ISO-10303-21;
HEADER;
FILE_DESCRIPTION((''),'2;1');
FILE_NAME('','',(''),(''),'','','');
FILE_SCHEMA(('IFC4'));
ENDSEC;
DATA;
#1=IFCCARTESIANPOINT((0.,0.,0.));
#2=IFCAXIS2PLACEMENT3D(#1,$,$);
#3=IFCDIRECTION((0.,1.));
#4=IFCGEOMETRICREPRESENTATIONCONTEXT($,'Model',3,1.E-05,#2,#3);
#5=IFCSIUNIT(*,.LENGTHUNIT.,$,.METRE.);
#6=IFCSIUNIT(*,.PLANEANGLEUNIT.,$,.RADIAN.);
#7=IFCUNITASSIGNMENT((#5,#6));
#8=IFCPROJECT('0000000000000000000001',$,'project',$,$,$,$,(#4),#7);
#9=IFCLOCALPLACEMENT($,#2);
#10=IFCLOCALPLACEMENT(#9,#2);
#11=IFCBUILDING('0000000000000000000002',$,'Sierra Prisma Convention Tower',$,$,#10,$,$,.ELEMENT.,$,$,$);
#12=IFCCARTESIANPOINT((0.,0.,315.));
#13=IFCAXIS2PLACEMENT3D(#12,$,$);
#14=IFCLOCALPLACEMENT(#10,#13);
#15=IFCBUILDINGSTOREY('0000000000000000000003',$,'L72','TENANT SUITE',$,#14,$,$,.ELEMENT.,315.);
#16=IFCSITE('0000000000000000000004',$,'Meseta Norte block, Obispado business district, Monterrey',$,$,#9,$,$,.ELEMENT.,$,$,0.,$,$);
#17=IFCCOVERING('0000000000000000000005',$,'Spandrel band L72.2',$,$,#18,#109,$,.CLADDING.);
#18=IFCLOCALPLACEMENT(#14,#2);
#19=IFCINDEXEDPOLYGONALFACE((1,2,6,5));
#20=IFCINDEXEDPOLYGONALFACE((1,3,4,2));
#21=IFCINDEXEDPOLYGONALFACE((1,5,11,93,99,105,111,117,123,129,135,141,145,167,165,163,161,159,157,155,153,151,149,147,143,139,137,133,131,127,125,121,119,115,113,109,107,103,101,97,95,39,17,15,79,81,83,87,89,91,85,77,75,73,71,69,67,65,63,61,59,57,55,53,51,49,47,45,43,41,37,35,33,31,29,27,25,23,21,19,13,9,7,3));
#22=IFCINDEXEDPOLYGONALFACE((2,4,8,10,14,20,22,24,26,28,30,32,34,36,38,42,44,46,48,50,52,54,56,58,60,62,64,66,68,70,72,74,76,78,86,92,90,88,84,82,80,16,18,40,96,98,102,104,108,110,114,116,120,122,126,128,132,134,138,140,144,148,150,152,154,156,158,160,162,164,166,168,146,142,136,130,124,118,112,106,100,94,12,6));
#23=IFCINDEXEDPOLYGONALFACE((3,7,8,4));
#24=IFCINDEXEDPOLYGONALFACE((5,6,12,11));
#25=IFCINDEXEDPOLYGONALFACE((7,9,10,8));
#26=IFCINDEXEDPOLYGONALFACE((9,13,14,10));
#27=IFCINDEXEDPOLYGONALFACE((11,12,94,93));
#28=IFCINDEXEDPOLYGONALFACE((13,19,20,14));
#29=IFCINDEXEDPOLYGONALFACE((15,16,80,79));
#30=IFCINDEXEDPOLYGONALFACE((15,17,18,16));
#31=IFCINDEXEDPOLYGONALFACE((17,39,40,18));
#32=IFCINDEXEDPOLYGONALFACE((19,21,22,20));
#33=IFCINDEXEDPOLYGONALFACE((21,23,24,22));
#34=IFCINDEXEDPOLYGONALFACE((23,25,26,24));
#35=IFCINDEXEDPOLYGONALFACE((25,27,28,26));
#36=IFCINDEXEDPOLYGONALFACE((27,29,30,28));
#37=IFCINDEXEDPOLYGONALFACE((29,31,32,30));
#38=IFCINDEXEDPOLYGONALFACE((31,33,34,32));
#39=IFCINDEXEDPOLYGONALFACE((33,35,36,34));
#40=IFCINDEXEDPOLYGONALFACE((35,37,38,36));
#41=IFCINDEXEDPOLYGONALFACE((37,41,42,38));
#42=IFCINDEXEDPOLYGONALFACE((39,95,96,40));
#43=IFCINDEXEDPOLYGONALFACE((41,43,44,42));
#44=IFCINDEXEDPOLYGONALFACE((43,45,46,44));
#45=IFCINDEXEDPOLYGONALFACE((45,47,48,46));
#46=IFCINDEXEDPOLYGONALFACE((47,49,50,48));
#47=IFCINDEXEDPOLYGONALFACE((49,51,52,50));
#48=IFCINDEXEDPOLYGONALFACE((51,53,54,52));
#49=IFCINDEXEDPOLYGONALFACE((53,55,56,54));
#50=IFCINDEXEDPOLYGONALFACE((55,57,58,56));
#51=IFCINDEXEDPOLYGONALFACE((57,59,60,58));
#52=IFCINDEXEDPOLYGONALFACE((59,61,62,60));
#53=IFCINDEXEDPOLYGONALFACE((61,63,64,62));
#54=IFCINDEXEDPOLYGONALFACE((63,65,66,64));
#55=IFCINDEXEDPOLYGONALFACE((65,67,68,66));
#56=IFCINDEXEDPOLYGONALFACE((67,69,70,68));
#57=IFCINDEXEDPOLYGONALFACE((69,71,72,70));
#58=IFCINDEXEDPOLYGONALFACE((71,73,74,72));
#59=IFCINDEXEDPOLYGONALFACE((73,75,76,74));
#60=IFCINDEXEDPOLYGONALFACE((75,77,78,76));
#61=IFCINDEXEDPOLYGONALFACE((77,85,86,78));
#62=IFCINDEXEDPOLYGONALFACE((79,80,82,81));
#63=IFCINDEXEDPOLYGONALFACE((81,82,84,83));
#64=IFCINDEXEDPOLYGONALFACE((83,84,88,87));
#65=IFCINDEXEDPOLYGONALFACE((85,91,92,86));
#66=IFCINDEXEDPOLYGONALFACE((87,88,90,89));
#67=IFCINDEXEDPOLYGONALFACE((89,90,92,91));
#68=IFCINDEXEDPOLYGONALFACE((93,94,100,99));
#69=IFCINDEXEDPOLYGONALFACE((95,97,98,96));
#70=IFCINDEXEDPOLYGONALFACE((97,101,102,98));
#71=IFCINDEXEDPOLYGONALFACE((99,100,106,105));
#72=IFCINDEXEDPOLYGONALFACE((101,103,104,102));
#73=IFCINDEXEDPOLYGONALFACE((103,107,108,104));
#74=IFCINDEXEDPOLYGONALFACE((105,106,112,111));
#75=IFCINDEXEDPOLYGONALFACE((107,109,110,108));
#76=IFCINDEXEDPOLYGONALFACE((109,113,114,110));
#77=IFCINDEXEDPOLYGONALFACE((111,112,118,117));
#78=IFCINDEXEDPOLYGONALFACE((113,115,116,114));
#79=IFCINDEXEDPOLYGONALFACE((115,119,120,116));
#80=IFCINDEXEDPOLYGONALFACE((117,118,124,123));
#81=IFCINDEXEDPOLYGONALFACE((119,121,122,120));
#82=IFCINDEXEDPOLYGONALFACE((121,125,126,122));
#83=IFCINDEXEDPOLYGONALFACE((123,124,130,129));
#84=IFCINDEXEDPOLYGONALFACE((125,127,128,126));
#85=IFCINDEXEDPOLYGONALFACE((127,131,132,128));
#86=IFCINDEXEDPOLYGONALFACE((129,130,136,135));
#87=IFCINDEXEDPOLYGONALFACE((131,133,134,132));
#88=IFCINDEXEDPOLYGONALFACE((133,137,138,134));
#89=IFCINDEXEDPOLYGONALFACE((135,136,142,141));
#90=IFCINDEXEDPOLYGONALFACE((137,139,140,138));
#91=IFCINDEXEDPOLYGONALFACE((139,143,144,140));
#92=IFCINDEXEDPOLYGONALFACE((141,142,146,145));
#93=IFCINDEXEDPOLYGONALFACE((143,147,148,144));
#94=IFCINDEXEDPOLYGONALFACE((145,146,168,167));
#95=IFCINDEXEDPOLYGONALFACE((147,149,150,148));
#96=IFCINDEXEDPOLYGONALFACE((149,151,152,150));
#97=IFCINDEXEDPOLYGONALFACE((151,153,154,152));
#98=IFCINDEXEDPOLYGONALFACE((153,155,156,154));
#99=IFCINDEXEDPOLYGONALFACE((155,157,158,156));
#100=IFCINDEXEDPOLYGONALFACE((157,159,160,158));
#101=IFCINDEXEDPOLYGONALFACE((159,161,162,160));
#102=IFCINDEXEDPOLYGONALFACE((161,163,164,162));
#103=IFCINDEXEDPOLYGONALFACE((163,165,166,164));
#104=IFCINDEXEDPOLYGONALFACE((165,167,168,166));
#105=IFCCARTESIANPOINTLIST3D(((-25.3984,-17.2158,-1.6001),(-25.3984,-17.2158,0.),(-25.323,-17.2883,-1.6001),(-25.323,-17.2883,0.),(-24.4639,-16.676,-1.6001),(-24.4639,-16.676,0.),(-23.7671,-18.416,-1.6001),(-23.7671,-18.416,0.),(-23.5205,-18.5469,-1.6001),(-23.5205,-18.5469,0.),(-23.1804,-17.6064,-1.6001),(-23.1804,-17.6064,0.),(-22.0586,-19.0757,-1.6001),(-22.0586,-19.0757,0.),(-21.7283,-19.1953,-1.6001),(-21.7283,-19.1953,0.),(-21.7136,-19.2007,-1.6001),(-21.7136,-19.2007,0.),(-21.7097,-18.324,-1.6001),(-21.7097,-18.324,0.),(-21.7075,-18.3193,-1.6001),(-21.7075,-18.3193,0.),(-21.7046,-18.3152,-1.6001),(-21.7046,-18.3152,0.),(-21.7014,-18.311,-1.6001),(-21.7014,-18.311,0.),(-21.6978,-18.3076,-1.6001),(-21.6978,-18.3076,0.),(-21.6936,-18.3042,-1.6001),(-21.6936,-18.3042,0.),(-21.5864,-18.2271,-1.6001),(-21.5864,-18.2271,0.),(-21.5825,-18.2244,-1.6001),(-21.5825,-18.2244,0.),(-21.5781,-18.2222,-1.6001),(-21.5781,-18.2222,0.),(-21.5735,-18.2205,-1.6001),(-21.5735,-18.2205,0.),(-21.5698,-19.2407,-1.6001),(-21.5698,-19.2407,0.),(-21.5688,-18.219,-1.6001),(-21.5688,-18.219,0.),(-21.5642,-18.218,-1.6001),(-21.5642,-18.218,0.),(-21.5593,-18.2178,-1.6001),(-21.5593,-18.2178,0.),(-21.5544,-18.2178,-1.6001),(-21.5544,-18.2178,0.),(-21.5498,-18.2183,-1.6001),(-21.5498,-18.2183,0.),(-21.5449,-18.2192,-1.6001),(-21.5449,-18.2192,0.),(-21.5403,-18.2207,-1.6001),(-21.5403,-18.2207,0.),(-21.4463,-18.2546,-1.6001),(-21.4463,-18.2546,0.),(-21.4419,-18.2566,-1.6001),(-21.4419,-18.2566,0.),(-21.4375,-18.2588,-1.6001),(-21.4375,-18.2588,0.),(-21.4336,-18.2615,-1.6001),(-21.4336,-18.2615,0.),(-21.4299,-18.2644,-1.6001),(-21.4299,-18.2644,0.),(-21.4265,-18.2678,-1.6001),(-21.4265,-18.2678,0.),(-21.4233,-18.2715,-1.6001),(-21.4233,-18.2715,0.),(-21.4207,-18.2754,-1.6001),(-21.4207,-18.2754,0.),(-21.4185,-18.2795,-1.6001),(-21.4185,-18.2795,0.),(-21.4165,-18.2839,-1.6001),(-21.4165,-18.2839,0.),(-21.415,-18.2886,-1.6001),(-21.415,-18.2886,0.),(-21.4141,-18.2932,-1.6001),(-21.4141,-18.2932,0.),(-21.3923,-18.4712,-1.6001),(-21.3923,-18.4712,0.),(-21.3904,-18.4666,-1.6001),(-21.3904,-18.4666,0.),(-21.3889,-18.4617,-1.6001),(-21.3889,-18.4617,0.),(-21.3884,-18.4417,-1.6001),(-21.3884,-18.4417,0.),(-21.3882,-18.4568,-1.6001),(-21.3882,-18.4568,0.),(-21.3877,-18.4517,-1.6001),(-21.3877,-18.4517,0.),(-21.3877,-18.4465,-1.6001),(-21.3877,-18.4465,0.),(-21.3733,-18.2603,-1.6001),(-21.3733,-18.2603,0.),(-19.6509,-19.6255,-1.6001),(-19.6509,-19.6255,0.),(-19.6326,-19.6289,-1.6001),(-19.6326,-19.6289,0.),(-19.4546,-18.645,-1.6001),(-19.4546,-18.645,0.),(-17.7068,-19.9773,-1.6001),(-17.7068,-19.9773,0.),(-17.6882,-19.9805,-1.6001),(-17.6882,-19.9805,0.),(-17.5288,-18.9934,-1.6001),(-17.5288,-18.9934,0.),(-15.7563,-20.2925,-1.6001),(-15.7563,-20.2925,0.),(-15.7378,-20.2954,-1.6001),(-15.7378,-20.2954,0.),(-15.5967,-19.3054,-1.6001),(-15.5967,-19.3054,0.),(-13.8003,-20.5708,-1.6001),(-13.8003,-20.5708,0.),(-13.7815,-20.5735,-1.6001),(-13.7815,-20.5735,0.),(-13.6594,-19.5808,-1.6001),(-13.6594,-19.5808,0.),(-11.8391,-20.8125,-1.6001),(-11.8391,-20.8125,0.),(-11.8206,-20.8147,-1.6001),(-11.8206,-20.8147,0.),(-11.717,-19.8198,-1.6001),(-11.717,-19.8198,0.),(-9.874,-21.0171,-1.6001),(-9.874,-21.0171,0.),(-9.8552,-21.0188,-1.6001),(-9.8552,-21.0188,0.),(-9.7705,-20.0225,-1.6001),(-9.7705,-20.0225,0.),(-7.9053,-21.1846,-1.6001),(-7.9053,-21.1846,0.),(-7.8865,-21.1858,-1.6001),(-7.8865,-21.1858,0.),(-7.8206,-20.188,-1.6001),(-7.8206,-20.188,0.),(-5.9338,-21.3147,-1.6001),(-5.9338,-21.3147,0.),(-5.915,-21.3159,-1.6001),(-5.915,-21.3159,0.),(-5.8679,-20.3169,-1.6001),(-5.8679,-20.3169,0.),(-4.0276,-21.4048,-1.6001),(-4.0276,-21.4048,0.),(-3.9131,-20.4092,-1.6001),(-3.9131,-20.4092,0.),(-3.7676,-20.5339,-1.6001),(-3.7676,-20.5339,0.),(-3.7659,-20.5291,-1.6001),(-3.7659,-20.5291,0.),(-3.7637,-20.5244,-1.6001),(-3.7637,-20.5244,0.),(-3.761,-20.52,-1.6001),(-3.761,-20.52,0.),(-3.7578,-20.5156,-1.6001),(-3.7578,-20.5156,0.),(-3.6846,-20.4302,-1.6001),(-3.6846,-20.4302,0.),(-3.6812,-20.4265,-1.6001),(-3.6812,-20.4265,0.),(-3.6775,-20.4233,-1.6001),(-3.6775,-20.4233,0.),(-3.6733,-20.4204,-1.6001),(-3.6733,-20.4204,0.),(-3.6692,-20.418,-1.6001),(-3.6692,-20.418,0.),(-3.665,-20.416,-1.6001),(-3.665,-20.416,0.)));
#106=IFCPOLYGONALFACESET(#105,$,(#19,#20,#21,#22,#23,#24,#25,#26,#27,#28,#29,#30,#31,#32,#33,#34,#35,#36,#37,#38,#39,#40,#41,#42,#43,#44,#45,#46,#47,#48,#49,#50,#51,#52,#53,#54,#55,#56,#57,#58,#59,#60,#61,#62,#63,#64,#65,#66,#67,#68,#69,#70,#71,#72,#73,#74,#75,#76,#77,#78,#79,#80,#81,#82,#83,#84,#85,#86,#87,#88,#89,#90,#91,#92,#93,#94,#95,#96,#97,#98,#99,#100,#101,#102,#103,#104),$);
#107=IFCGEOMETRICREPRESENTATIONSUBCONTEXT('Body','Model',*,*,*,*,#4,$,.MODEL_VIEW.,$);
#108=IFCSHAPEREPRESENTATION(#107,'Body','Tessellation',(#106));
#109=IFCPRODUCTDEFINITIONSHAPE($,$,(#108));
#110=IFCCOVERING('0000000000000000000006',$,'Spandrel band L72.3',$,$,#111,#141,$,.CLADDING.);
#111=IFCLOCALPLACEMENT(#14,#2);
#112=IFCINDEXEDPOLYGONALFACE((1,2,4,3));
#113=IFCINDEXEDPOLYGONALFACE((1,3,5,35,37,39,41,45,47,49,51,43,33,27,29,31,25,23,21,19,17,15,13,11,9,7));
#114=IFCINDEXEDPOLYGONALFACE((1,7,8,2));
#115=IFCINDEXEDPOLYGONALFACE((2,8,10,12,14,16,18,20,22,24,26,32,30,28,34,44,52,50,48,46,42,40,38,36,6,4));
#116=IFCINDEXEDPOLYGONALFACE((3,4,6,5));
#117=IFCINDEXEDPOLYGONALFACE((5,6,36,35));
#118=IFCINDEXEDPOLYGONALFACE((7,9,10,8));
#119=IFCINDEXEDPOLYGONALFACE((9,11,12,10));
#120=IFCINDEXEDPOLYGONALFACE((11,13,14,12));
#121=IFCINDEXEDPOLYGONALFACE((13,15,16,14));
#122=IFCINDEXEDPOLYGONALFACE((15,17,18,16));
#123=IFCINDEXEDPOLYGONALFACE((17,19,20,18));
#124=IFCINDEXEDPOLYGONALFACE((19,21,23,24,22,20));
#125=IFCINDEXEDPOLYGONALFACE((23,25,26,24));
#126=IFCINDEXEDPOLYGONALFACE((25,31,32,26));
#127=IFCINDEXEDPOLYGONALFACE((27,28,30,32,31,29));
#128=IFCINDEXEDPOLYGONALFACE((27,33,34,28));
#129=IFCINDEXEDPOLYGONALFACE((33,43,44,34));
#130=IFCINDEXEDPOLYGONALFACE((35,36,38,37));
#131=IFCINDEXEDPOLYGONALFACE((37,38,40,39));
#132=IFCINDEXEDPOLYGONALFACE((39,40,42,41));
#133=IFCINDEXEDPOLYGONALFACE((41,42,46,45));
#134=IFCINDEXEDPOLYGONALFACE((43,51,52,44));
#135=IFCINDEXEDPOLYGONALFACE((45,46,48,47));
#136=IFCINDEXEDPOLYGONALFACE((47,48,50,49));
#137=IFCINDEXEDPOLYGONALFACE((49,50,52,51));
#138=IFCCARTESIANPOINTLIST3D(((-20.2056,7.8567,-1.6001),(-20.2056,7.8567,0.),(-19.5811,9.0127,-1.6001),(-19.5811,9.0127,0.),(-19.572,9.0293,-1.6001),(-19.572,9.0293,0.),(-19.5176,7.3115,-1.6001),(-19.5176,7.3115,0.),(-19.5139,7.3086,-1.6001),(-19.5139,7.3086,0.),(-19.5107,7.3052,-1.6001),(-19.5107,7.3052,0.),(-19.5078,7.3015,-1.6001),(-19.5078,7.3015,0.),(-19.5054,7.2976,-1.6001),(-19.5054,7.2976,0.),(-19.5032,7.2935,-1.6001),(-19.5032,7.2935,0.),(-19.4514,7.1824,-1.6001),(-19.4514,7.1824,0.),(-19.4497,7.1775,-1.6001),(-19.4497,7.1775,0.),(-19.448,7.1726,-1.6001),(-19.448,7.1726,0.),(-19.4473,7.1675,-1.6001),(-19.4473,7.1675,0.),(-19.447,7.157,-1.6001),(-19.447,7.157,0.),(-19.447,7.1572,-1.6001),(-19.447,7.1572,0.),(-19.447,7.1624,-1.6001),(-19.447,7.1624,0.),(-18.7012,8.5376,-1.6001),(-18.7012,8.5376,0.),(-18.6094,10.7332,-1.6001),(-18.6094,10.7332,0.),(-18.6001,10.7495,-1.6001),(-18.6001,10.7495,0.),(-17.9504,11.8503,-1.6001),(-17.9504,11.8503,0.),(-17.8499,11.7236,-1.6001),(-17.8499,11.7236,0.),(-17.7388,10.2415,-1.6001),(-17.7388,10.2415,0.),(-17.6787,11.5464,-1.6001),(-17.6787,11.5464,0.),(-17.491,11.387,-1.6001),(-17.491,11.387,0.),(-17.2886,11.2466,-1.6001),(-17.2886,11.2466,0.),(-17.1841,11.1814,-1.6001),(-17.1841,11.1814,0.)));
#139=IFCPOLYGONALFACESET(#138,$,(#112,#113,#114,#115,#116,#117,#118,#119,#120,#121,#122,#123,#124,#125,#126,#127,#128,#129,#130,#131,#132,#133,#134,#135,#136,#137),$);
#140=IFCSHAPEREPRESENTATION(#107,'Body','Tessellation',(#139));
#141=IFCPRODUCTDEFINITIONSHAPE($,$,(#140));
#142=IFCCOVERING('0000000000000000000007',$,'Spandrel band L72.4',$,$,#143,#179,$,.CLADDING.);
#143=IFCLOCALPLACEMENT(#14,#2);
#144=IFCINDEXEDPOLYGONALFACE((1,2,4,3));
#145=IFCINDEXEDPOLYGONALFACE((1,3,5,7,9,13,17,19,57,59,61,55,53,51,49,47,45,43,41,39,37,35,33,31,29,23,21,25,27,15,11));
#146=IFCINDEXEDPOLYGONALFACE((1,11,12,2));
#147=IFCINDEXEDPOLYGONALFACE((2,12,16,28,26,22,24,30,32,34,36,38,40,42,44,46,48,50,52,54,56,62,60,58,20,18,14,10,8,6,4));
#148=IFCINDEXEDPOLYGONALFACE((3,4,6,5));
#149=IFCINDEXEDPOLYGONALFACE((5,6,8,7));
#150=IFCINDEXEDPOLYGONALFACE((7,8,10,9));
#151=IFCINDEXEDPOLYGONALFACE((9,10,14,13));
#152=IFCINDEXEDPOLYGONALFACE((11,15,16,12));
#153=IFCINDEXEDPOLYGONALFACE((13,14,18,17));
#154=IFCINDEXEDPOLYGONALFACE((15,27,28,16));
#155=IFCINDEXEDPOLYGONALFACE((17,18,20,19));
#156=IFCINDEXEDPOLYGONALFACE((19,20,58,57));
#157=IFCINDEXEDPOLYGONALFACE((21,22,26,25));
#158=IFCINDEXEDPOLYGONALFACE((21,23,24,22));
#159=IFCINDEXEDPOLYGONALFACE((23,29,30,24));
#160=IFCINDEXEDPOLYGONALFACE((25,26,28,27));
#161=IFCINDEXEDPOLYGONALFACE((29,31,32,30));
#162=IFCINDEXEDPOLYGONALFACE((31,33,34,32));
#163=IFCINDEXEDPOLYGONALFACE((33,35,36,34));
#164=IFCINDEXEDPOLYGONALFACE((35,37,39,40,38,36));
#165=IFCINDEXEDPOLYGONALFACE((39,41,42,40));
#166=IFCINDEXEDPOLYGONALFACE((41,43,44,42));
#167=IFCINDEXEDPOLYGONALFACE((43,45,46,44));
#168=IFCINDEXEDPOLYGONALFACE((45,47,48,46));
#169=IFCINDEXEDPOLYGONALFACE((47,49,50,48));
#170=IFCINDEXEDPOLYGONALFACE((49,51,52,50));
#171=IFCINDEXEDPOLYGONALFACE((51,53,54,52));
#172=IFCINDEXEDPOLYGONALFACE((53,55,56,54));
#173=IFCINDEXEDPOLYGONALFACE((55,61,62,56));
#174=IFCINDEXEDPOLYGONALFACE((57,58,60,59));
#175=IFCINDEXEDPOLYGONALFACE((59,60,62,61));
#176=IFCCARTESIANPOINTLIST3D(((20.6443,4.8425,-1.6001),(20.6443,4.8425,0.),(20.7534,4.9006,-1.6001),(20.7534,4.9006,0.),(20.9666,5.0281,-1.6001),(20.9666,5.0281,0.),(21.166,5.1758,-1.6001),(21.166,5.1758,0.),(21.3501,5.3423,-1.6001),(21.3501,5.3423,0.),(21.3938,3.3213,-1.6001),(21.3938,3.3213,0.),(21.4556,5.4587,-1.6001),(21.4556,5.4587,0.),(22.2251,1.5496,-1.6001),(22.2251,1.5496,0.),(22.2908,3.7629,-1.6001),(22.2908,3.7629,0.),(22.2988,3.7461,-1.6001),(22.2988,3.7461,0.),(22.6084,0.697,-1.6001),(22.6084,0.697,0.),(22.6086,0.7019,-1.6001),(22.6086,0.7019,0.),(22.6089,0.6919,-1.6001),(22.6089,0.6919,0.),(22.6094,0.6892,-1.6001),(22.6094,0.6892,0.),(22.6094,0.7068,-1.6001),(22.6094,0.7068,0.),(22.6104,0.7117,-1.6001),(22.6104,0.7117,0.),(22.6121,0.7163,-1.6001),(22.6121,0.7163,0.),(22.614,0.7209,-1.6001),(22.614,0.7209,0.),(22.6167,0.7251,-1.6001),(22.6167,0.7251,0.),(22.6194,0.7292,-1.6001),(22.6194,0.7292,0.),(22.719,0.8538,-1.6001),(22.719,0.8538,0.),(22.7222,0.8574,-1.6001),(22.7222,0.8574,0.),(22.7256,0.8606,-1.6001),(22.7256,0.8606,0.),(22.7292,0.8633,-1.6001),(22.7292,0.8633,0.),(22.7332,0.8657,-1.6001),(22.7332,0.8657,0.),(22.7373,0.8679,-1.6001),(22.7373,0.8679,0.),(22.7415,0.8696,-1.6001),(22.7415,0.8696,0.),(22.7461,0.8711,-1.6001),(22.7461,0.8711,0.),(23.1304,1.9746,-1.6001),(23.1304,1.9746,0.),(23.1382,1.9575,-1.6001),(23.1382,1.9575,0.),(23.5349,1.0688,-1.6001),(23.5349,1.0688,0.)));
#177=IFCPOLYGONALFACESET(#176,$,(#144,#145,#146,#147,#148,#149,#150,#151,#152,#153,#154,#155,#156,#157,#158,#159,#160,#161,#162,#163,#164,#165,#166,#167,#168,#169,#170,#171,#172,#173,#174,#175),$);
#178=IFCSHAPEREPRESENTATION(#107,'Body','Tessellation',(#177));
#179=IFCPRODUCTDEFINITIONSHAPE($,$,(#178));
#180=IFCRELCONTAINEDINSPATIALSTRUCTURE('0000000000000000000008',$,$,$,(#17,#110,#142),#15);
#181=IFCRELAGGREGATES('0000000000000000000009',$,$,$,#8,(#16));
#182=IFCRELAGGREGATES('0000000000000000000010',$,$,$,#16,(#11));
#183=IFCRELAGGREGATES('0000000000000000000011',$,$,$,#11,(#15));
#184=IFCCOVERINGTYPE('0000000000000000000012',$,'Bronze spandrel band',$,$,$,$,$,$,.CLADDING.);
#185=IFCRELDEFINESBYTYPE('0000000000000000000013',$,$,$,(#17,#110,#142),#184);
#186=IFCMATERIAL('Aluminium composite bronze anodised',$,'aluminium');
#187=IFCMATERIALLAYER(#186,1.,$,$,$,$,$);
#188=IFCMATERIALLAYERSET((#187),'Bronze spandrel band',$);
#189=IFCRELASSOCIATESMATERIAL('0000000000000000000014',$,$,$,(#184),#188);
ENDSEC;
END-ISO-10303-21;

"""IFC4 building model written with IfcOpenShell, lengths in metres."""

from ifc_helpers import new_model, si_unit, direction, frame, origin, place, context, subcontext, project, spatial, polyline, outline, extrude, material, layer, layer_set, type_object, element, save


model = new_model("IFC4")

# Units and contexts
model_context = context("Model", 3, precision=1e-05, world=origin(), true_north=direction((0.0, 1.0)))
body_context = subcontext(model_context, "Body", "Model", "MODEL_VIEW")
ifc_project = project(units=[si_unit("LENGTHUNIT", "METRE"), si_unit("PLANEANGLEUNIT", "RADIAN")], contexts=[model_context])

# Site, building, storey
site_placement = place(None, origin())
site = spatial("IfcSite", under=ifc_project, at=site_placement, Name="Meseta Norte block, Obispado business district, Monterrey", CompositionType="ELEMENT", RefElevation=0.0)
building_placement = place(site_placement, origin())
building = spatial("IfcBuilding", under=site, at=building_placement, Name="Sierra Prisma Convention Tower", CompositionType="ELEMENT")
storey_placement = place(building_placement, frame((0.0, 0.0, 315.0)))
storey = spatial("IfcBuildingStorey", under=building, at=storey_placement, Name="L72", Description="TENANT SUITE", CompositionType="ELEMENT", Elevation=315.0)

# Coverings
ifc_material_1 = material(Name="Aluminium composite bronze anodised", Category="aluminium")
ifc_layer_1 = layer(ifc_material_1, 1.0)
ifc_layer_set_1 = layer_set([ifc_layer_1], Name="Bronze spandrel band")
covering_type = type_object("IfcCoveringType", Name="Bronze spandrel band", PredefinedType="CLADDING", material=ifc_layer_set_1)
covering_1_placement = place(storey_placement, frame((0.0, 0.0, -1.6001)))
element("IfcCovering", 1, at=covering_1_placement, inside=storey, type_object=covering_type, Name="Spandrel band L72.2", PredefinedType="CLADDING", context=body_context, shape_type="SweptSolid", body=[
    extrude(outline(polyline([(-21.3733, -18.2603), (-19.4546, -18.645), (-17.5288, -18.9934), (-15.5967, -19.3054), (-13.6594, -19.5808), (-11.717, -19.8198), (-9.7705, -20.0225), (-7.8206, -20.188), (-5.8679, -20.3169), (-3.9131, -20.4092), (-3.665, -20.416), (-3.6692, -20.418), (-3.6733, -20.4204), (-3.6775, -20.4233), (-3.6812, -20.4265), (-3.6846, -20.4302), (-3.7578, -20.5156), (-3.761, -20.52), (-3.7637, -20.5244), (-3.7659, -20.5291), (-3.7676, -20.5339), (-4.0276, -21.4048), (-5.915, -21.3159), (-5.9338, -21.3147), (-7.8865, -21.1858), (-7.9053, -21.1846), (-9.8552, -21.0188), (-9.874, -21.0171), (-11.8206, -20.8147), (-11.8391, -20.8125), (-13.7815, -20.5735), (-13.8003, -20.5708), (-15.7378, -20.2954), (-15.7563, -20.2925), (-17.6882, -19.9805), (-17.7068, -19.9773), (-19.6326, -19.6289), (-19.6509, -19.6255), (-21.5698, -19.2407), (-21.7136, -19.2007), (-21.7283, -19.1953), (-21.3923, -18.4712), (-21.3904, -18.4666), (-21.3889, -18.4617), (-21.3882, -18.4568), (-21.3877, -18.4517), (-21.3877, -18.4465), (-21.3884, -18.4417), (-21.4141, -18.2932), (-21.415, -18.2886), (-21.4165, -18.2839), (-21.4185, -18.2795), (-21.4207, -18.2754), (-21.4233, -18.2715), (-21.4265, -18.2678), (-21.4299, -18.2644), (-21.4336, -18.2615), (-21.4375, -18.2588), (-21.4419, -18.2566), (-21.4463, -18.2546), (-21.5403, -18.2207), (-21.5449, -18.2192), (-21.5498, -18.2183), (-21.5544, -18.2178), (-21.5593, -18.2178), (-21.5642, -18.218), (-21.5688, -18.219), (-21.5735, -18.2205), (-21.5781, -18.2222), (-21.5825, -18.2244), (-21.5864, -18.2271), (-21.6936, -18.3042), (-21.6978, -18.3076), (-21.7014, -18.311), (-21.7046, -18.3152), (-21.7075, -18.3193), (-21.7097, -18.324), (-22.0586, -19.0757), (-23.5205, -18.5469), (-23.7671, -18.416), (-25.323, -17.2883), (-25.3984, -17.2158), (-24.4639, -16.676), (-23.1804, -17.6064), (-21.3733, -18.2603)])), origin(), (0.0, 0.0, 1.0), 1.6001),
])
covering_2_placement = place(storey_placement, frame((0.0, 0.0, -1.6001)))
element("IfcCovering", 2, at=covering_2_placement, inside=storey, type_object=covering_type, Name="Spandrel band L72.3", PredefinedType="CLADDING", context=body_context, shape_type="SweptSolid", body=[
    extrude(outline(polyline([(-17.7388, 10.2415), (-18.7012, 8.5376), (-19.447, 7.157), (-19.447, 7.1572), (-19.447, 7.1624), (-19.4473, 7.1675), (-19.448, 7.1726), (-19.4497, 7.1775), (-19.4514, 7.1824), (-19.5032, 7.2935), (-19.5054, 7.2976), (-19.5078, 7.3015), (-19.5107, 7.3052), (-19.5139, 7.3086), (-19.5176, 7.3115), (-20.2056, 7.8567), (-19.5811, 9.0127), (-19.572, 9.0293), (-18.6094, 10.7332), (-18.6001, 10.7495), (-17.9504, 11.8503), (-17.8499, 11.7236), (-17.6787, 11.5464), (-17.491, 11.387), (-17.2886, 11.2466), (-17.1841, 11.1814), (-17.7388, 10.2415)])), origin(), (0.0, 0.0, 1.0), 1.6001),
])
covering_3_placement = place(storey_placement, frame((0.0, 0.0, -1.6001)))
element("IfcCovering", 3, at=covering_3_placement, inside=storey, type_object=covering_type, Name="Spandrel band L72.4", PredefinedType="CLADDING", context=body_context, shape_type="SweptSolid", body=[
    extrude(outline(polyline([(22.2908, 3.7629), (22.2988, 3.7461), (23.1304, 1.9746), (23.1382, 1.9575), (23.5349, 1.0688), (22.7461, 0.8711), (22.7415, 0.8696), (22.7373, 0.8679), (22.7332, 0.8657), (22.7292, 0.8633), (22.7256, 0.8606), (22.7222, 0.8574), (22.719, 0.8538), (22.6194, 0.7292), (22.6167, 0.7251), (22.614, 0.7209), (22.6121, 0.7163), (22.6104, 0.7117), (22.6094, 0.7068), (22.6086, 0.7019), (22.6084, 0.697), (22.6089, 0.6919), (22.6094, 0.6892), (22.2251, 1.5496), (21.3938, 3.3213), (20.6443, 4.8425), (20.7534, 4.9006), (20.9666, 5.0281), (21.166, 5.1758), (21.3501, 5.3423), (21.4556, 5.4587), (22.2908, 3.7629)])), origin(), (0.0, 0.0, 1.0), 1.6001),
])

save(model, "model.ifc")
